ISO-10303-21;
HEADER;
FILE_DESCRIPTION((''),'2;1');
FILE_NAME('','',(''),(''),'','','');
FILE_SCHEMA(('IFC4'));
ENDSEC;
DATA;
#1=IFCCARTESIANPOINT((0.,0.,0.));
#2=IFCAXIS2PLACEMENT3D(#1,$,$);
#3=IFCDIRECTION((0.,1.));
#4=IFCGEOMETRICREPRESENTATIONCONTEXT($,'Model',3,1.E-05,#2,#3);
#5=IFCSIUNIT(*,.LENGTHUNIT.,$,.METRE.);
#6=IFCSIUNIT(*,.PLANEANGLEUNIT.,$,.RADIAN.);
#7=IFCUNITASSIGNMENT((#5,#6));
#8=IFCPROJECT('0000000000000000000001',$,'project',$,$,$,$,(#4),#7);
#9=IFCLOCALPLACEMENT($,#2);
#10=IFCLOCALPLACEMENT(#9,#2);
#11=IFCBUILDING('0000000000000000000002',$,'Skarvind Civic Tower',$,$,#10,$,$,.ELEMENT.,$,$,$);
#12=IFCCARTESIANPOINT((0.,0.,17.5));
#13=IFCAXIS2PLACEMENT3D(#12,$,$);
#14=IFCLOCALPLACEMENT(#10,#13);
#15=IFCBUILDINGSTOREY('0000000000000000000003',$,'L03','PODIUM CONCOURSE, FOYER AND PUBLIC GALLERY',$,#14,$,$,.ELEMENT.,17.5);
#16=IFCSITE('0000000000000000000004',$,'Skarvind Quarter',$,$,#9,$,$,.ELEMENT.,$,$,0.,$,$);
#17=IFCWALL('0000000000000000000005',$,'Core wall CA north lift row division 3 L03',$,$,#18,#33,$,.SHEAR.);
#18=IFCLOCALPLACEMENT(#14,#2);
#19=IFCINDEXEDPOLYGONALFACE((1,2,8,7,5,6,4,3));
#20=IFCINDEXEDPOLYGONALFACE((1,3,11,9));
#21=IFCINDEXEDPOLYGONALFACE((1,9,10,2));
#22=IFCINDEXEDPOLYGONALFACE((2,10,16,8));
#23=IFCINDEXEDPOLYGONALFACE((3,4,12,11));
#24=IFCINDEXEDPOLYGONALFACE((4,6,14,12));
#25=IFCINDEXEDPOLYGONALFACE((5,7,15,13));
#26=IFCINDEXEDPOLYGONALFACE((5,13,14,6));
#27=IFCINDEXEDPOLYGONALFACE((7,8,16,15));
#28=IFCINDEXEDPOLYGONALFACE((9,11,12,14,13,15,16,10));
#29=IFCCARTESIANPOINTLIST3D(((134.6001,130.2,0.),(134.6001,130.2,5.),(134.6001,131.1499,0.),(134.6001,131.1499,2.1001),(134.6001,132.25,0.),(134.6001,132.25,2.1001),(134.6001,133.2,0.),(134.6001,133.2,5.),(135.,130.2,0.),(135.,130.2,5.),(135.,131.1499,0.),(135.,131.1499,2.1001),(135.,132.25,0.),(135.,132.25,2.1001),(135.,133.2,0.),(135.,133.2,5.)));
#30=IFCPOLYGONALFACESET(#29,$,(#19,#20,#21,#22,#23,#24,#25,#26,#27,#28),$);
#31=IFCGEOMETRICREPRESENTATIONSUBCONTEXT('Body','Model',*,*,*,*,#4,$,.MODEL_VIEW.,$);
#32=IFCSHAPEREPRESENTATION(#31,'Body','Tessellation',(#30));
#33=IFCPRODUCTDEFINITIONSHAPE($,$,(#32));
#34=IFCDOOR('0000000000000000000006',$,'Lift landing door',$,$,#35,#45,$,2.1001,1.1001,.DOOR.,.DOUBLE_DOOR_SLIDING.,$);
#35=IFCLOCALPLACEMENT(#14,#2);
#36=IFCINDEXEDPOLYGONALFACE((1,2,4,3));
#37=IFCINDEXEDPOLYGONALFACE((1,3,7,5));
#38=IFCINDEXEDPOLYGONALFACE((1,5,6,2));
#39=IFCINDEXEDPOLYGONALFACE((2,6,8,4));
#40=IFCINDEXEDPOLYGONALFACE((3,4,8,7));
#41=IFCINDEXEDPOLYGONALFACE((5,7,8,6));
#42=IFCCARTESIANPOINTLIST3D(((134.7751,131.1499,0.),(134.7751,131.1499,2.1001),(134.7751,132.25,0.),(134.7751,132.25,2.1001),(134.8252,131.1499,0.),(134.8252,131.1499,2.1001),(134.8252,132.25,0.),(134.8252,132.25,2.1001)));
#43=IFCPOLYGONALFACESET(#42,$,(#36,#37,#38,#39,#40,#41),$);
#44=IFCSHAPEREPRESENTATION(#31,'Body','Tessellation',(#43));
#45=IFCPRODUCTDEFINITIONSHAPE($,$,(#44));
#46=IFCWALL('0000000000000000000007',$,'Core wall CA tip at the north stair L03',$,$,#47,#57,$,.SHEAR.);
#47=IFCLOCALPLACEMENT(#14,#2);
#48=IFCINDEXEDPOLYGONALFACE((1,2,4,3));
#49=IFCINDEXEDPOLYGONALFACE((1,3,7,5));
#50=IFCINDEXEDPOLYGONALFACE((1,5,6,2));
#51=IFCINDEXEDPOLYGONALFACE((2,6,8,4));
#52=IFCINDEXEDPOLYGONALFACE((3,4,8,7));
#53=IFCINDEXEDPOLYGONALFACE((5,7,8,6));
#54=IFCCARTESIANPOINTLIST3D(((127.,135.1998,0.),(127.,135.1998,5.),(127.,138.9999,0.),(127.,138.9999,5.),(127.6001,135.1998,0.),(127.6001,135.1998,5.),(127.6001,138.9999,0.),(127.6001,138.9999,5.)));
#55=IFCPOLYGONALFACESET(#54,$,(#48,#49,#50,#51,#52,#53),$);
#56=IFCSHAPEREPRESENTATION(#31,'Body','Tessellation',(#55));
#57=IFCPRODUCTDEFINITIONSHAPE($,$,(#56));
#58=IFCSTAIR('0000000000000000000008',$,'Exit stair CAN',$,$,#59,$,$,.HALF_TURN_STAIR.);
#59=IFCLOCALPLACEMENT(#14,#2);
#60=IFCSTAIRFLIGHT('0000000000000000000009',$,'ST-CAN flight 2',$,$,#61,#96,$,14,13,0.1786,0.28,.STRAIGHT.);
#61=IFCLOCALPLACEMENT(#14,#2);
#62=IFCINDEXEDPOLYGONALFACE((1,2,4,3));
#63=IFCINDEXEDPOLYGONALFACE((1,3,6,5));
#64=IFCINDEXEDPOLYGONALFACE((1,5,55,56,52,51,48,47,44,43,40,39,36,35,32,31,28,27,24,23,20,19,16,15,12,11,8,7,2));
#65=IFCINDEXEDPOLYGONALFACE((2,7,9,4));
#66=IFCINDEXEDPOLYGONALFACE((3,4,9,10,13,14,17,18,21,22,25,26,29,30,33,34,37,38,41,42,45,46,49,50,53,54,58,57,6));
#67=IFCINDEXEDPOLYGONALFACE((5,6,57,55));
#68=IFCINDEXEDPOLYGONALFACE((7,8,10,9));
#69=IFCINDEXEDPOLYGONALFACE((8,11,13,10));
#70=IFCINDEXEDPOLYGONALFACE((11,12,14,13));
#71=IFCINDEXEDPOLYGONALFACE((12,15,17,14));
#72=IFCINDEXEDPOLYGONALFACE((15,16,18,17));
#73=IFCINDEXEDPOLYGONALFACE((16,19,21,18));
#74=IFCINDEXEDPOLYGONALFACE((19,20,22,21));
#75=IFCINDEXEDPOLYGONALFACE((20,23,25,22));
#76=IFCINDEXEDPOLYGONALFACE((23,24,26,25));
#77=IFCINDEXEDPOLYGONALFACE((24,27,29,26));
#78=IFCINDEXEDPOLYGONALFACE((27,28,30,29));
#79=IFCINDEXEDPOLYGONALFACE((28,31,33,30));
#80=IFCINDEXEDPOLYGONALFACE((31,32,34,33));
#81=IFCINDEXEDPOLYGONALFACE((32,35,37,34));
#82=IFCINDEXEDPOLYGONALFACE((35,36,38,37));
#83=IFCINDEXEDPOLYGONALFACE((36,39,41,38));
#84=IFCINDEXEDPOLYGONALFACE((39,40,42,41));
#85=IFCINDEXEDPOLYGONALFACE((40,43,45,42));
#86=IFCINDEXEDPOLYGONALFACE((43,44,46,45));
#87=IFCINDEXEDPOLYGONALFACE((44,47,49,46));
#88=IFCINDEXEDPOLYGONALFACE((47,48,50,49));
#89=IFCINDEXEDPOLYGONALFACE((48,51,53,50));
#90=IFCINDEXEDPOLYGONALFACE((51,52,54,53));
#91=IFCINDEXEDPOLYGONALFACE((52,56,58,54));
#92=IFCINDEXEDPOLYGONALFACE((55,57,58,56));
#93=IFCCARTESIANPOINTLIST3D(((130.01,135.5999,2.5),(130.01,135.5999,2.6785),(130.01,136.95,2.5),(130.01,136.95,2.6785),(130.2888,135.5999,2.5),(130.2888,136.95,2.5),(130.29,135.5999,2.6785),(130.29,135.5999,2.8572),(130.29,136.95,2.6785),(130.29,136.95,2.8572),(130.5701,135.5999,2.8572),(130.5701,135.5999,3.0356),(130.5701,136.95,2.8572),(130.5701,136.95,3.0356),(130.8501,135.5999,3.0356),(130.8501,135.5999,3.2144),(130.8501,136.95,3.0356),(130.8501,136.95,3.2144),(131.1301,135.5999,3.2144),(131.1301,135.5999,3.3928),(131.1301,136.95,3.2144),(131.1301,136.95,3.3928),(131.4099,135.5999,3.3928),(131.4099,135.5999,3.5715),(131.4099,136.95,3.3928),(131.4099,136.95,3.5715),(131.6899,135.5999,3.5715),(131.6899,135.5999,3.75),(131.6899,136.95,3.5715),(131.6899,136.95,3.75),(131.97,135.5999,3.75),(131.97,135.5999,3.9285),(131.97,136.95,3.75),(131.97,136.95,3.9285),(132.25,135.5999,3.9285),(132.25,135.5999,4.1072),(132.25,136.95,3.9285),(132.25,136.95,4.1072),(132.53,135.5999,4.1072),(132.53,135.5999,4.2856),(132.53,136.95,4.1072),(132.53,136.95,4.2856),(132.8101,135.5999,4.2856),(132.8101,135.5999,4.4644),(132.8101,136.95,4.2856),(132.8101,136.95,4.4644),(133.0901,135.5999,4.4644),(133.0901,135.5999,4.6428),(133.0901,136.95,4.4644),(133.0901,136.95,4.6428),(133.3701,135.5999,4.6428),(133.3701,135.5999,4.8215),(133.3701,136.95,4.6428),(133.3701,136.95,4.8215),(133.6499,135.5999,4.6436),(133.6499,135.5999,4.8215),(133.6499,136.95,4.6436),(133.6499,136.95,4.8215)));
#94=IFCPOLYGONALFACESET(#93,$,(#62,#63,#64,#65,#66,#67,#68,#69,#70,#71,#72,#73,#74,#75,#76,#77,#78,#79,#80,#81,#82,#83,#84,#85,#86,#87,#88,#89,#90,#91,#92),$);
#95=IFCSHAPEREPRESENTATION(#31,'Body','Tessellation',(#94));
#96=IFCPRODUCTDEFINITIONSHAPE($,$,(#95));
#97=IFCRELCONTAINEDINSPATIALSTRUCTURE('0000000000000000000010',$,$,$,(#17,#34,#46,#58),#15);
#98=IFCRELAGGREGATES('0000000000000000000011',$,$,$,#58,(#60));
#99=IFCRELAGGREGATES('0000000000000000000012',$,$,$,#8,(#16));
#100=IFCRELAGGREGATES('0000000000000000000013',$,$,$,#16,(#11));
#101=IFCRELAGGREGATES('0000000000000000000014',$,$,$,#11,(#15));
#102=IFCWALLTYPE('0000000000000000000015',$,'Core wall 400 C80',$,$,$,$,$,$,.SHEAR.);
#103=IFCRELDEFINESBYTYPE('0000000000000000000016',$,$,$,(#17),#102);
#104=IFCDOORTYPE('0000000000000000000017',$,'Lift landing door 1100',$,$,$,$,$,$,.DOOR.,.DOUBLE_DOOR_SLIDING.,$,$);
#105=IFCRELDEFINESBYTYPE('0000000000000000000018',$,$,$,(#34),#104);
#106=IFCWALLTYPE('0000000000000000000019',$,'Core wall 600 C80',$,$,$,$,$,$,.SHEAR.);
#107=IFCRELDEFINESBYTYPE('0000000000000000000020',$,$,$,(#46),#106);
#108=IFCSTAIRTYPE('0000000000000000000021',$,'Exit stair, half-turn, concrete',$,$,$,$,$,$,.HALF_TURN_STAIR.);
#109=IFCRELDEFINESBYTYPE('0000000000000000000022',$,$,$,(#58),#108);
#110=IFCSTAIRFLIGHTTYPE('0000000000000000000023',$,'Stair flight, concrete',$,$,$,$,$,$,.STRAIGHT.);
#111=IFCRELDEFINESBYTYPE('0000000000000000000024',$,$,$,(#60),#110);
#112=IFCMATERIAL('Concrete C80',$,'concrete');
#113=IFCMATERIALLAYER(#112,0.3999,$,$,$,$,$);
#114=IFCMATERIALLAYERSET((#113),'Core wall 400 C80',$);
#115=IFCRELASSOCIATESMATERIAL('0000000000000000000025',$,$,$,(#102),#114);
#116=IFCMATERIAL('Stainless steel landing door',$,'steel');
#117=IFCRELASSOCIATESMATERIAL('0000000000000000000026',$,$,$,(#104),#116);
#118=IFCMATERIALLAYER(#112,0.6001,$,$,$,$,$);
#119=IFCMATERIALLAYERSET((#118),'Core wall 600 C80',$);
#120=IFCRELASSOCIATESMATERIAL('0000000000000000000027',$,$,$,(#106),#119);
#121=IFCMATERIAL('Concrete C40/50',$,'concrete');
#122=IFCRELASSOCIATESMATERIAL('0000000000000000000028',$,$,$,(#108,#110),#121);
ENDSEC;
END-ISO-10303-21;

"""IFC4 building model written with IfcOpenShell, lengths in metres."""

from ifc_helpers import new_model, si_unit, direction, frame, frame_2d, origin, place, context, subcontext, project, spatial, polyline, rectangle, outline, extrude, material, layer, layer_set, type_object, element, fill, aggregate, save


model = new_model("IFC4")

# Units and contexts
model_context = context("Model", 3, precision=1e-05, world=origin(), true_north=direction((0.0, 1.0)))
body_context = subcontext(model_context, "Body", "Model", "MODEL_VIEW")
ifc_project = project(units=[si_unit("LENGTHUNIT", "METRE"), si_unit("PLANEANGLEUNIT", "RADIAN")], contexts=[model_context])

# Site, building, storey
site_placement = place(None, origin())
site = spatial("IfcSite", under=ifc_project, at=site_placement, Name="Skarvind Quarter", CompositionType="ELEMENT", RefElevation=0.0)
building_placement = place(site_placement, origin())
building = spatial("IfcBuilding", under=site, at=building_placement, Name="Skarvind Civic Tower", CompositionType="ELEMENT")
storey_placement = place(building_placement, frame((0.0, 0.0, 17.5)))
storey = spatial("IfcBuildingStorey", under=building, at=storey_placement, Name="L03", Description="PODIUM CONCOURSE, FOYER AND PUBLIC GALLERY", CompositionType="ELEMENT", Elevation=17.5)

# Shared definitions
ifc_material_1 = material(Name="Concrete C80", Category="concrete")
ifc_layer_1 = layer(ifc_material_1, 0.3999)
ifc_layer_set_1 = layer_set([ifc_layer_1], Name="Core wall 400 C80")
wall_type_1 = type_object("IfcWallType", Name="Core wall 400 C80", PredefinedType="SHEAR", material=ifc_layer_set_1)

# Shared definitions
ifc_material_2 = material(Name="Stainless steel landing door", Category="steel")
door_type_1 = type_object("IfcDoorType", Name="Lift landing door 1100", OperationType="DOUBLE_DOOR_SLIDING", PredefinedType="DOOR", material=ifc_material_2)

# Wall, opening, door
wall_1_placement = place(storey_placement, frame((134.8, 130.2, 0.0), z_axis=(0.0, 0.0, 1.0), x_axis=(0.0, 1.0, 0.0)))
wall_1 = element("IfcWall", 1, at=wall_1_placement, inside=storey, type_object=wall_type_1, Name="Core wall CA north lift row division 3 L03", PredefinedType="SHEAR", context=body_context, shape_type="SweptSolid", body=[
    extrude(rectangle(XDim=3.0, YDim=0.3999, at=frame_2d((1.5, 0.0))), origin(), (0.0, 0.0, 1.0), 5.0),
])
opening_1_placement = place(wall_1_placement, frame((0.95, 0.0, 0.0)))
opening_1 = element("IfcOpeningElement", 2, at=opening_1_placement, cuts=wall_1, PredefinedType="OPENING", context=body_context, shape_type="SweptSolid", body=[
    extrude(rectangle(XDim=1.1001, YDim=2.1001, at=frame_2d((0.55, 1.05))), frame((0.0, 0.21, 0.0), z_axis=(0.0, -1.0, 0.0), x_axis=(1.0, 0.0, 0.0)), (0.0, 0.0, 1.0), 0.4199),
])
door_1_placement = place(opening_1_placement, origin())
door_1 = element("IfcDoor", 3, at=door_1_placement, inside=storey, type_object=door_type_1, Name="Lift landing door", OperationType="DOUBLE_DOOR_SLIDING", OverallHeight=2.1001, OverallWidth=1.1001, PredefinedType="DOOR", context=body_context, shape_type="SweptSolid", body=[
    extrude(rectangle(XDim=1.1001, YDim=2.1001, at=frame_2d((0.55, 1.05))), frame((0.0, 0.0249, 0.0), z_axis=(0.0, -1.0, 0.0), x_axis=(1.0, 0.0, 0.0)), (0.0, 0.0, 1.0), 0.05),
])
fill(opening_1, door_1)

# Wall
ifc_layer_2 = layer(ifc_material_1, 0.6001)
ifc_layer_set_2 = layer_set([ifc_layer_2], Name="Core wall 600 C80")
wall_type_2 = type_object("IfcWallType", Name="Core wall 600 C80", PredefinedType="SHEAR", material=ifc_layer_set_2)
wall_2_placement = place(storey_placement, frame((127.3, 135.2, 0.0), z_axis=(0.0, 0.0, 1.0), x_axis=(0.0, 1.0, 0.0)))
element("IfcWall", 4, at=wall_2_placement, inside=storey, type_object=wall_type_2, Name="Core wall CA tip at the north stair L03", PredefinedType="SHEAR", context=body_context, shape_type="SweptSolid", body=[
    extrude(rectangle(XDim=3.8, YDim=0.6001, at=frame_2d((1.8999, 0.0))), origin(), (0.0, 0.0, 1.0), 5.0),
])

# Stair, stair flight
ifc_material_3 = material(Name="Concrete C40/50", Category="concrete")
stair_type = type_object("IfcStairType", Name="Exit stair, half-turn, concrete", PredefinedType="HALF_TURN_STAIR", material=ifc_material_3)
stair_placement = place(storey_placement, origin())
stair = element("IfcStair", 5, at=stair_placement, inside=storey, type_object=stair_type, Name="Exit stair CAN", PredefinedType="HALF_TURN_STAIR")
stair_flight_type = type_object("IfcStairFlightType", Name="Stair flight, concrete", PredefinedType="STRAIGHT", material=ifc_material_3)
stair_flight_placement = place(storey_placement, frame((130.01, 136.2749, 2.5), z_axis=(0.0, 0.0, 1.0), x_axis=(1.0, 0.0, 0.0)))
stair_flight = element("IfcStairFlight", 6, at=stair_flight_placement, type_object=stair_flight_type, Name="ST-CAN flight 2", NumberOfRisers=14, NumberOfTreads=13, PredefinedType="STRAIGHT", RiserHeight=0.1786, TreadLength=0.28, context=body_context, shape_type="SweptSolid", body=[
    extrude(outline(polyline([(0.0, 0.0), (0.0, 0.1785), (0.28, 0.1785), (0.28, 0.3572), (0.5601, 0.3572), (0.5601, 0.5356), (0.8401, 0.5356), (0.8401, 0.7144), (1.1201, 0.7144), (1.1201, 0.8928), (1.3999, 0.8928), (1.3999, 1.0715), (1.6799, 1.0715), (1.6799, 1.25), (1.96, 1.25), (1.96, 1.4285), (2.24, 1.4285), (2.24, 1.6072), (2.52, 1.6072), (2.52, 1.7856), (2.8, 1.7856), (2.8, 1.9644), (3.0801, 1.9644), (3.0801, 2.1428), (3.3601, 2.1428), (3.3601, 2.3215), (3.6399, 2.3215), (3.6399, 2.5), (3.6399, 2.1436), (0.2788, 0.0), (0.0, 0.0)])), frame((0.0, 0.675, 0.0), z_axis=(0.0, -1.0, 0.0), x_axis=(1.0, 0.0, 0.0)), (0.0, 0.0, 1.0), 1.3501),
])
aggregate(stair, [stair_flight])

save(model, "model.ifc")
